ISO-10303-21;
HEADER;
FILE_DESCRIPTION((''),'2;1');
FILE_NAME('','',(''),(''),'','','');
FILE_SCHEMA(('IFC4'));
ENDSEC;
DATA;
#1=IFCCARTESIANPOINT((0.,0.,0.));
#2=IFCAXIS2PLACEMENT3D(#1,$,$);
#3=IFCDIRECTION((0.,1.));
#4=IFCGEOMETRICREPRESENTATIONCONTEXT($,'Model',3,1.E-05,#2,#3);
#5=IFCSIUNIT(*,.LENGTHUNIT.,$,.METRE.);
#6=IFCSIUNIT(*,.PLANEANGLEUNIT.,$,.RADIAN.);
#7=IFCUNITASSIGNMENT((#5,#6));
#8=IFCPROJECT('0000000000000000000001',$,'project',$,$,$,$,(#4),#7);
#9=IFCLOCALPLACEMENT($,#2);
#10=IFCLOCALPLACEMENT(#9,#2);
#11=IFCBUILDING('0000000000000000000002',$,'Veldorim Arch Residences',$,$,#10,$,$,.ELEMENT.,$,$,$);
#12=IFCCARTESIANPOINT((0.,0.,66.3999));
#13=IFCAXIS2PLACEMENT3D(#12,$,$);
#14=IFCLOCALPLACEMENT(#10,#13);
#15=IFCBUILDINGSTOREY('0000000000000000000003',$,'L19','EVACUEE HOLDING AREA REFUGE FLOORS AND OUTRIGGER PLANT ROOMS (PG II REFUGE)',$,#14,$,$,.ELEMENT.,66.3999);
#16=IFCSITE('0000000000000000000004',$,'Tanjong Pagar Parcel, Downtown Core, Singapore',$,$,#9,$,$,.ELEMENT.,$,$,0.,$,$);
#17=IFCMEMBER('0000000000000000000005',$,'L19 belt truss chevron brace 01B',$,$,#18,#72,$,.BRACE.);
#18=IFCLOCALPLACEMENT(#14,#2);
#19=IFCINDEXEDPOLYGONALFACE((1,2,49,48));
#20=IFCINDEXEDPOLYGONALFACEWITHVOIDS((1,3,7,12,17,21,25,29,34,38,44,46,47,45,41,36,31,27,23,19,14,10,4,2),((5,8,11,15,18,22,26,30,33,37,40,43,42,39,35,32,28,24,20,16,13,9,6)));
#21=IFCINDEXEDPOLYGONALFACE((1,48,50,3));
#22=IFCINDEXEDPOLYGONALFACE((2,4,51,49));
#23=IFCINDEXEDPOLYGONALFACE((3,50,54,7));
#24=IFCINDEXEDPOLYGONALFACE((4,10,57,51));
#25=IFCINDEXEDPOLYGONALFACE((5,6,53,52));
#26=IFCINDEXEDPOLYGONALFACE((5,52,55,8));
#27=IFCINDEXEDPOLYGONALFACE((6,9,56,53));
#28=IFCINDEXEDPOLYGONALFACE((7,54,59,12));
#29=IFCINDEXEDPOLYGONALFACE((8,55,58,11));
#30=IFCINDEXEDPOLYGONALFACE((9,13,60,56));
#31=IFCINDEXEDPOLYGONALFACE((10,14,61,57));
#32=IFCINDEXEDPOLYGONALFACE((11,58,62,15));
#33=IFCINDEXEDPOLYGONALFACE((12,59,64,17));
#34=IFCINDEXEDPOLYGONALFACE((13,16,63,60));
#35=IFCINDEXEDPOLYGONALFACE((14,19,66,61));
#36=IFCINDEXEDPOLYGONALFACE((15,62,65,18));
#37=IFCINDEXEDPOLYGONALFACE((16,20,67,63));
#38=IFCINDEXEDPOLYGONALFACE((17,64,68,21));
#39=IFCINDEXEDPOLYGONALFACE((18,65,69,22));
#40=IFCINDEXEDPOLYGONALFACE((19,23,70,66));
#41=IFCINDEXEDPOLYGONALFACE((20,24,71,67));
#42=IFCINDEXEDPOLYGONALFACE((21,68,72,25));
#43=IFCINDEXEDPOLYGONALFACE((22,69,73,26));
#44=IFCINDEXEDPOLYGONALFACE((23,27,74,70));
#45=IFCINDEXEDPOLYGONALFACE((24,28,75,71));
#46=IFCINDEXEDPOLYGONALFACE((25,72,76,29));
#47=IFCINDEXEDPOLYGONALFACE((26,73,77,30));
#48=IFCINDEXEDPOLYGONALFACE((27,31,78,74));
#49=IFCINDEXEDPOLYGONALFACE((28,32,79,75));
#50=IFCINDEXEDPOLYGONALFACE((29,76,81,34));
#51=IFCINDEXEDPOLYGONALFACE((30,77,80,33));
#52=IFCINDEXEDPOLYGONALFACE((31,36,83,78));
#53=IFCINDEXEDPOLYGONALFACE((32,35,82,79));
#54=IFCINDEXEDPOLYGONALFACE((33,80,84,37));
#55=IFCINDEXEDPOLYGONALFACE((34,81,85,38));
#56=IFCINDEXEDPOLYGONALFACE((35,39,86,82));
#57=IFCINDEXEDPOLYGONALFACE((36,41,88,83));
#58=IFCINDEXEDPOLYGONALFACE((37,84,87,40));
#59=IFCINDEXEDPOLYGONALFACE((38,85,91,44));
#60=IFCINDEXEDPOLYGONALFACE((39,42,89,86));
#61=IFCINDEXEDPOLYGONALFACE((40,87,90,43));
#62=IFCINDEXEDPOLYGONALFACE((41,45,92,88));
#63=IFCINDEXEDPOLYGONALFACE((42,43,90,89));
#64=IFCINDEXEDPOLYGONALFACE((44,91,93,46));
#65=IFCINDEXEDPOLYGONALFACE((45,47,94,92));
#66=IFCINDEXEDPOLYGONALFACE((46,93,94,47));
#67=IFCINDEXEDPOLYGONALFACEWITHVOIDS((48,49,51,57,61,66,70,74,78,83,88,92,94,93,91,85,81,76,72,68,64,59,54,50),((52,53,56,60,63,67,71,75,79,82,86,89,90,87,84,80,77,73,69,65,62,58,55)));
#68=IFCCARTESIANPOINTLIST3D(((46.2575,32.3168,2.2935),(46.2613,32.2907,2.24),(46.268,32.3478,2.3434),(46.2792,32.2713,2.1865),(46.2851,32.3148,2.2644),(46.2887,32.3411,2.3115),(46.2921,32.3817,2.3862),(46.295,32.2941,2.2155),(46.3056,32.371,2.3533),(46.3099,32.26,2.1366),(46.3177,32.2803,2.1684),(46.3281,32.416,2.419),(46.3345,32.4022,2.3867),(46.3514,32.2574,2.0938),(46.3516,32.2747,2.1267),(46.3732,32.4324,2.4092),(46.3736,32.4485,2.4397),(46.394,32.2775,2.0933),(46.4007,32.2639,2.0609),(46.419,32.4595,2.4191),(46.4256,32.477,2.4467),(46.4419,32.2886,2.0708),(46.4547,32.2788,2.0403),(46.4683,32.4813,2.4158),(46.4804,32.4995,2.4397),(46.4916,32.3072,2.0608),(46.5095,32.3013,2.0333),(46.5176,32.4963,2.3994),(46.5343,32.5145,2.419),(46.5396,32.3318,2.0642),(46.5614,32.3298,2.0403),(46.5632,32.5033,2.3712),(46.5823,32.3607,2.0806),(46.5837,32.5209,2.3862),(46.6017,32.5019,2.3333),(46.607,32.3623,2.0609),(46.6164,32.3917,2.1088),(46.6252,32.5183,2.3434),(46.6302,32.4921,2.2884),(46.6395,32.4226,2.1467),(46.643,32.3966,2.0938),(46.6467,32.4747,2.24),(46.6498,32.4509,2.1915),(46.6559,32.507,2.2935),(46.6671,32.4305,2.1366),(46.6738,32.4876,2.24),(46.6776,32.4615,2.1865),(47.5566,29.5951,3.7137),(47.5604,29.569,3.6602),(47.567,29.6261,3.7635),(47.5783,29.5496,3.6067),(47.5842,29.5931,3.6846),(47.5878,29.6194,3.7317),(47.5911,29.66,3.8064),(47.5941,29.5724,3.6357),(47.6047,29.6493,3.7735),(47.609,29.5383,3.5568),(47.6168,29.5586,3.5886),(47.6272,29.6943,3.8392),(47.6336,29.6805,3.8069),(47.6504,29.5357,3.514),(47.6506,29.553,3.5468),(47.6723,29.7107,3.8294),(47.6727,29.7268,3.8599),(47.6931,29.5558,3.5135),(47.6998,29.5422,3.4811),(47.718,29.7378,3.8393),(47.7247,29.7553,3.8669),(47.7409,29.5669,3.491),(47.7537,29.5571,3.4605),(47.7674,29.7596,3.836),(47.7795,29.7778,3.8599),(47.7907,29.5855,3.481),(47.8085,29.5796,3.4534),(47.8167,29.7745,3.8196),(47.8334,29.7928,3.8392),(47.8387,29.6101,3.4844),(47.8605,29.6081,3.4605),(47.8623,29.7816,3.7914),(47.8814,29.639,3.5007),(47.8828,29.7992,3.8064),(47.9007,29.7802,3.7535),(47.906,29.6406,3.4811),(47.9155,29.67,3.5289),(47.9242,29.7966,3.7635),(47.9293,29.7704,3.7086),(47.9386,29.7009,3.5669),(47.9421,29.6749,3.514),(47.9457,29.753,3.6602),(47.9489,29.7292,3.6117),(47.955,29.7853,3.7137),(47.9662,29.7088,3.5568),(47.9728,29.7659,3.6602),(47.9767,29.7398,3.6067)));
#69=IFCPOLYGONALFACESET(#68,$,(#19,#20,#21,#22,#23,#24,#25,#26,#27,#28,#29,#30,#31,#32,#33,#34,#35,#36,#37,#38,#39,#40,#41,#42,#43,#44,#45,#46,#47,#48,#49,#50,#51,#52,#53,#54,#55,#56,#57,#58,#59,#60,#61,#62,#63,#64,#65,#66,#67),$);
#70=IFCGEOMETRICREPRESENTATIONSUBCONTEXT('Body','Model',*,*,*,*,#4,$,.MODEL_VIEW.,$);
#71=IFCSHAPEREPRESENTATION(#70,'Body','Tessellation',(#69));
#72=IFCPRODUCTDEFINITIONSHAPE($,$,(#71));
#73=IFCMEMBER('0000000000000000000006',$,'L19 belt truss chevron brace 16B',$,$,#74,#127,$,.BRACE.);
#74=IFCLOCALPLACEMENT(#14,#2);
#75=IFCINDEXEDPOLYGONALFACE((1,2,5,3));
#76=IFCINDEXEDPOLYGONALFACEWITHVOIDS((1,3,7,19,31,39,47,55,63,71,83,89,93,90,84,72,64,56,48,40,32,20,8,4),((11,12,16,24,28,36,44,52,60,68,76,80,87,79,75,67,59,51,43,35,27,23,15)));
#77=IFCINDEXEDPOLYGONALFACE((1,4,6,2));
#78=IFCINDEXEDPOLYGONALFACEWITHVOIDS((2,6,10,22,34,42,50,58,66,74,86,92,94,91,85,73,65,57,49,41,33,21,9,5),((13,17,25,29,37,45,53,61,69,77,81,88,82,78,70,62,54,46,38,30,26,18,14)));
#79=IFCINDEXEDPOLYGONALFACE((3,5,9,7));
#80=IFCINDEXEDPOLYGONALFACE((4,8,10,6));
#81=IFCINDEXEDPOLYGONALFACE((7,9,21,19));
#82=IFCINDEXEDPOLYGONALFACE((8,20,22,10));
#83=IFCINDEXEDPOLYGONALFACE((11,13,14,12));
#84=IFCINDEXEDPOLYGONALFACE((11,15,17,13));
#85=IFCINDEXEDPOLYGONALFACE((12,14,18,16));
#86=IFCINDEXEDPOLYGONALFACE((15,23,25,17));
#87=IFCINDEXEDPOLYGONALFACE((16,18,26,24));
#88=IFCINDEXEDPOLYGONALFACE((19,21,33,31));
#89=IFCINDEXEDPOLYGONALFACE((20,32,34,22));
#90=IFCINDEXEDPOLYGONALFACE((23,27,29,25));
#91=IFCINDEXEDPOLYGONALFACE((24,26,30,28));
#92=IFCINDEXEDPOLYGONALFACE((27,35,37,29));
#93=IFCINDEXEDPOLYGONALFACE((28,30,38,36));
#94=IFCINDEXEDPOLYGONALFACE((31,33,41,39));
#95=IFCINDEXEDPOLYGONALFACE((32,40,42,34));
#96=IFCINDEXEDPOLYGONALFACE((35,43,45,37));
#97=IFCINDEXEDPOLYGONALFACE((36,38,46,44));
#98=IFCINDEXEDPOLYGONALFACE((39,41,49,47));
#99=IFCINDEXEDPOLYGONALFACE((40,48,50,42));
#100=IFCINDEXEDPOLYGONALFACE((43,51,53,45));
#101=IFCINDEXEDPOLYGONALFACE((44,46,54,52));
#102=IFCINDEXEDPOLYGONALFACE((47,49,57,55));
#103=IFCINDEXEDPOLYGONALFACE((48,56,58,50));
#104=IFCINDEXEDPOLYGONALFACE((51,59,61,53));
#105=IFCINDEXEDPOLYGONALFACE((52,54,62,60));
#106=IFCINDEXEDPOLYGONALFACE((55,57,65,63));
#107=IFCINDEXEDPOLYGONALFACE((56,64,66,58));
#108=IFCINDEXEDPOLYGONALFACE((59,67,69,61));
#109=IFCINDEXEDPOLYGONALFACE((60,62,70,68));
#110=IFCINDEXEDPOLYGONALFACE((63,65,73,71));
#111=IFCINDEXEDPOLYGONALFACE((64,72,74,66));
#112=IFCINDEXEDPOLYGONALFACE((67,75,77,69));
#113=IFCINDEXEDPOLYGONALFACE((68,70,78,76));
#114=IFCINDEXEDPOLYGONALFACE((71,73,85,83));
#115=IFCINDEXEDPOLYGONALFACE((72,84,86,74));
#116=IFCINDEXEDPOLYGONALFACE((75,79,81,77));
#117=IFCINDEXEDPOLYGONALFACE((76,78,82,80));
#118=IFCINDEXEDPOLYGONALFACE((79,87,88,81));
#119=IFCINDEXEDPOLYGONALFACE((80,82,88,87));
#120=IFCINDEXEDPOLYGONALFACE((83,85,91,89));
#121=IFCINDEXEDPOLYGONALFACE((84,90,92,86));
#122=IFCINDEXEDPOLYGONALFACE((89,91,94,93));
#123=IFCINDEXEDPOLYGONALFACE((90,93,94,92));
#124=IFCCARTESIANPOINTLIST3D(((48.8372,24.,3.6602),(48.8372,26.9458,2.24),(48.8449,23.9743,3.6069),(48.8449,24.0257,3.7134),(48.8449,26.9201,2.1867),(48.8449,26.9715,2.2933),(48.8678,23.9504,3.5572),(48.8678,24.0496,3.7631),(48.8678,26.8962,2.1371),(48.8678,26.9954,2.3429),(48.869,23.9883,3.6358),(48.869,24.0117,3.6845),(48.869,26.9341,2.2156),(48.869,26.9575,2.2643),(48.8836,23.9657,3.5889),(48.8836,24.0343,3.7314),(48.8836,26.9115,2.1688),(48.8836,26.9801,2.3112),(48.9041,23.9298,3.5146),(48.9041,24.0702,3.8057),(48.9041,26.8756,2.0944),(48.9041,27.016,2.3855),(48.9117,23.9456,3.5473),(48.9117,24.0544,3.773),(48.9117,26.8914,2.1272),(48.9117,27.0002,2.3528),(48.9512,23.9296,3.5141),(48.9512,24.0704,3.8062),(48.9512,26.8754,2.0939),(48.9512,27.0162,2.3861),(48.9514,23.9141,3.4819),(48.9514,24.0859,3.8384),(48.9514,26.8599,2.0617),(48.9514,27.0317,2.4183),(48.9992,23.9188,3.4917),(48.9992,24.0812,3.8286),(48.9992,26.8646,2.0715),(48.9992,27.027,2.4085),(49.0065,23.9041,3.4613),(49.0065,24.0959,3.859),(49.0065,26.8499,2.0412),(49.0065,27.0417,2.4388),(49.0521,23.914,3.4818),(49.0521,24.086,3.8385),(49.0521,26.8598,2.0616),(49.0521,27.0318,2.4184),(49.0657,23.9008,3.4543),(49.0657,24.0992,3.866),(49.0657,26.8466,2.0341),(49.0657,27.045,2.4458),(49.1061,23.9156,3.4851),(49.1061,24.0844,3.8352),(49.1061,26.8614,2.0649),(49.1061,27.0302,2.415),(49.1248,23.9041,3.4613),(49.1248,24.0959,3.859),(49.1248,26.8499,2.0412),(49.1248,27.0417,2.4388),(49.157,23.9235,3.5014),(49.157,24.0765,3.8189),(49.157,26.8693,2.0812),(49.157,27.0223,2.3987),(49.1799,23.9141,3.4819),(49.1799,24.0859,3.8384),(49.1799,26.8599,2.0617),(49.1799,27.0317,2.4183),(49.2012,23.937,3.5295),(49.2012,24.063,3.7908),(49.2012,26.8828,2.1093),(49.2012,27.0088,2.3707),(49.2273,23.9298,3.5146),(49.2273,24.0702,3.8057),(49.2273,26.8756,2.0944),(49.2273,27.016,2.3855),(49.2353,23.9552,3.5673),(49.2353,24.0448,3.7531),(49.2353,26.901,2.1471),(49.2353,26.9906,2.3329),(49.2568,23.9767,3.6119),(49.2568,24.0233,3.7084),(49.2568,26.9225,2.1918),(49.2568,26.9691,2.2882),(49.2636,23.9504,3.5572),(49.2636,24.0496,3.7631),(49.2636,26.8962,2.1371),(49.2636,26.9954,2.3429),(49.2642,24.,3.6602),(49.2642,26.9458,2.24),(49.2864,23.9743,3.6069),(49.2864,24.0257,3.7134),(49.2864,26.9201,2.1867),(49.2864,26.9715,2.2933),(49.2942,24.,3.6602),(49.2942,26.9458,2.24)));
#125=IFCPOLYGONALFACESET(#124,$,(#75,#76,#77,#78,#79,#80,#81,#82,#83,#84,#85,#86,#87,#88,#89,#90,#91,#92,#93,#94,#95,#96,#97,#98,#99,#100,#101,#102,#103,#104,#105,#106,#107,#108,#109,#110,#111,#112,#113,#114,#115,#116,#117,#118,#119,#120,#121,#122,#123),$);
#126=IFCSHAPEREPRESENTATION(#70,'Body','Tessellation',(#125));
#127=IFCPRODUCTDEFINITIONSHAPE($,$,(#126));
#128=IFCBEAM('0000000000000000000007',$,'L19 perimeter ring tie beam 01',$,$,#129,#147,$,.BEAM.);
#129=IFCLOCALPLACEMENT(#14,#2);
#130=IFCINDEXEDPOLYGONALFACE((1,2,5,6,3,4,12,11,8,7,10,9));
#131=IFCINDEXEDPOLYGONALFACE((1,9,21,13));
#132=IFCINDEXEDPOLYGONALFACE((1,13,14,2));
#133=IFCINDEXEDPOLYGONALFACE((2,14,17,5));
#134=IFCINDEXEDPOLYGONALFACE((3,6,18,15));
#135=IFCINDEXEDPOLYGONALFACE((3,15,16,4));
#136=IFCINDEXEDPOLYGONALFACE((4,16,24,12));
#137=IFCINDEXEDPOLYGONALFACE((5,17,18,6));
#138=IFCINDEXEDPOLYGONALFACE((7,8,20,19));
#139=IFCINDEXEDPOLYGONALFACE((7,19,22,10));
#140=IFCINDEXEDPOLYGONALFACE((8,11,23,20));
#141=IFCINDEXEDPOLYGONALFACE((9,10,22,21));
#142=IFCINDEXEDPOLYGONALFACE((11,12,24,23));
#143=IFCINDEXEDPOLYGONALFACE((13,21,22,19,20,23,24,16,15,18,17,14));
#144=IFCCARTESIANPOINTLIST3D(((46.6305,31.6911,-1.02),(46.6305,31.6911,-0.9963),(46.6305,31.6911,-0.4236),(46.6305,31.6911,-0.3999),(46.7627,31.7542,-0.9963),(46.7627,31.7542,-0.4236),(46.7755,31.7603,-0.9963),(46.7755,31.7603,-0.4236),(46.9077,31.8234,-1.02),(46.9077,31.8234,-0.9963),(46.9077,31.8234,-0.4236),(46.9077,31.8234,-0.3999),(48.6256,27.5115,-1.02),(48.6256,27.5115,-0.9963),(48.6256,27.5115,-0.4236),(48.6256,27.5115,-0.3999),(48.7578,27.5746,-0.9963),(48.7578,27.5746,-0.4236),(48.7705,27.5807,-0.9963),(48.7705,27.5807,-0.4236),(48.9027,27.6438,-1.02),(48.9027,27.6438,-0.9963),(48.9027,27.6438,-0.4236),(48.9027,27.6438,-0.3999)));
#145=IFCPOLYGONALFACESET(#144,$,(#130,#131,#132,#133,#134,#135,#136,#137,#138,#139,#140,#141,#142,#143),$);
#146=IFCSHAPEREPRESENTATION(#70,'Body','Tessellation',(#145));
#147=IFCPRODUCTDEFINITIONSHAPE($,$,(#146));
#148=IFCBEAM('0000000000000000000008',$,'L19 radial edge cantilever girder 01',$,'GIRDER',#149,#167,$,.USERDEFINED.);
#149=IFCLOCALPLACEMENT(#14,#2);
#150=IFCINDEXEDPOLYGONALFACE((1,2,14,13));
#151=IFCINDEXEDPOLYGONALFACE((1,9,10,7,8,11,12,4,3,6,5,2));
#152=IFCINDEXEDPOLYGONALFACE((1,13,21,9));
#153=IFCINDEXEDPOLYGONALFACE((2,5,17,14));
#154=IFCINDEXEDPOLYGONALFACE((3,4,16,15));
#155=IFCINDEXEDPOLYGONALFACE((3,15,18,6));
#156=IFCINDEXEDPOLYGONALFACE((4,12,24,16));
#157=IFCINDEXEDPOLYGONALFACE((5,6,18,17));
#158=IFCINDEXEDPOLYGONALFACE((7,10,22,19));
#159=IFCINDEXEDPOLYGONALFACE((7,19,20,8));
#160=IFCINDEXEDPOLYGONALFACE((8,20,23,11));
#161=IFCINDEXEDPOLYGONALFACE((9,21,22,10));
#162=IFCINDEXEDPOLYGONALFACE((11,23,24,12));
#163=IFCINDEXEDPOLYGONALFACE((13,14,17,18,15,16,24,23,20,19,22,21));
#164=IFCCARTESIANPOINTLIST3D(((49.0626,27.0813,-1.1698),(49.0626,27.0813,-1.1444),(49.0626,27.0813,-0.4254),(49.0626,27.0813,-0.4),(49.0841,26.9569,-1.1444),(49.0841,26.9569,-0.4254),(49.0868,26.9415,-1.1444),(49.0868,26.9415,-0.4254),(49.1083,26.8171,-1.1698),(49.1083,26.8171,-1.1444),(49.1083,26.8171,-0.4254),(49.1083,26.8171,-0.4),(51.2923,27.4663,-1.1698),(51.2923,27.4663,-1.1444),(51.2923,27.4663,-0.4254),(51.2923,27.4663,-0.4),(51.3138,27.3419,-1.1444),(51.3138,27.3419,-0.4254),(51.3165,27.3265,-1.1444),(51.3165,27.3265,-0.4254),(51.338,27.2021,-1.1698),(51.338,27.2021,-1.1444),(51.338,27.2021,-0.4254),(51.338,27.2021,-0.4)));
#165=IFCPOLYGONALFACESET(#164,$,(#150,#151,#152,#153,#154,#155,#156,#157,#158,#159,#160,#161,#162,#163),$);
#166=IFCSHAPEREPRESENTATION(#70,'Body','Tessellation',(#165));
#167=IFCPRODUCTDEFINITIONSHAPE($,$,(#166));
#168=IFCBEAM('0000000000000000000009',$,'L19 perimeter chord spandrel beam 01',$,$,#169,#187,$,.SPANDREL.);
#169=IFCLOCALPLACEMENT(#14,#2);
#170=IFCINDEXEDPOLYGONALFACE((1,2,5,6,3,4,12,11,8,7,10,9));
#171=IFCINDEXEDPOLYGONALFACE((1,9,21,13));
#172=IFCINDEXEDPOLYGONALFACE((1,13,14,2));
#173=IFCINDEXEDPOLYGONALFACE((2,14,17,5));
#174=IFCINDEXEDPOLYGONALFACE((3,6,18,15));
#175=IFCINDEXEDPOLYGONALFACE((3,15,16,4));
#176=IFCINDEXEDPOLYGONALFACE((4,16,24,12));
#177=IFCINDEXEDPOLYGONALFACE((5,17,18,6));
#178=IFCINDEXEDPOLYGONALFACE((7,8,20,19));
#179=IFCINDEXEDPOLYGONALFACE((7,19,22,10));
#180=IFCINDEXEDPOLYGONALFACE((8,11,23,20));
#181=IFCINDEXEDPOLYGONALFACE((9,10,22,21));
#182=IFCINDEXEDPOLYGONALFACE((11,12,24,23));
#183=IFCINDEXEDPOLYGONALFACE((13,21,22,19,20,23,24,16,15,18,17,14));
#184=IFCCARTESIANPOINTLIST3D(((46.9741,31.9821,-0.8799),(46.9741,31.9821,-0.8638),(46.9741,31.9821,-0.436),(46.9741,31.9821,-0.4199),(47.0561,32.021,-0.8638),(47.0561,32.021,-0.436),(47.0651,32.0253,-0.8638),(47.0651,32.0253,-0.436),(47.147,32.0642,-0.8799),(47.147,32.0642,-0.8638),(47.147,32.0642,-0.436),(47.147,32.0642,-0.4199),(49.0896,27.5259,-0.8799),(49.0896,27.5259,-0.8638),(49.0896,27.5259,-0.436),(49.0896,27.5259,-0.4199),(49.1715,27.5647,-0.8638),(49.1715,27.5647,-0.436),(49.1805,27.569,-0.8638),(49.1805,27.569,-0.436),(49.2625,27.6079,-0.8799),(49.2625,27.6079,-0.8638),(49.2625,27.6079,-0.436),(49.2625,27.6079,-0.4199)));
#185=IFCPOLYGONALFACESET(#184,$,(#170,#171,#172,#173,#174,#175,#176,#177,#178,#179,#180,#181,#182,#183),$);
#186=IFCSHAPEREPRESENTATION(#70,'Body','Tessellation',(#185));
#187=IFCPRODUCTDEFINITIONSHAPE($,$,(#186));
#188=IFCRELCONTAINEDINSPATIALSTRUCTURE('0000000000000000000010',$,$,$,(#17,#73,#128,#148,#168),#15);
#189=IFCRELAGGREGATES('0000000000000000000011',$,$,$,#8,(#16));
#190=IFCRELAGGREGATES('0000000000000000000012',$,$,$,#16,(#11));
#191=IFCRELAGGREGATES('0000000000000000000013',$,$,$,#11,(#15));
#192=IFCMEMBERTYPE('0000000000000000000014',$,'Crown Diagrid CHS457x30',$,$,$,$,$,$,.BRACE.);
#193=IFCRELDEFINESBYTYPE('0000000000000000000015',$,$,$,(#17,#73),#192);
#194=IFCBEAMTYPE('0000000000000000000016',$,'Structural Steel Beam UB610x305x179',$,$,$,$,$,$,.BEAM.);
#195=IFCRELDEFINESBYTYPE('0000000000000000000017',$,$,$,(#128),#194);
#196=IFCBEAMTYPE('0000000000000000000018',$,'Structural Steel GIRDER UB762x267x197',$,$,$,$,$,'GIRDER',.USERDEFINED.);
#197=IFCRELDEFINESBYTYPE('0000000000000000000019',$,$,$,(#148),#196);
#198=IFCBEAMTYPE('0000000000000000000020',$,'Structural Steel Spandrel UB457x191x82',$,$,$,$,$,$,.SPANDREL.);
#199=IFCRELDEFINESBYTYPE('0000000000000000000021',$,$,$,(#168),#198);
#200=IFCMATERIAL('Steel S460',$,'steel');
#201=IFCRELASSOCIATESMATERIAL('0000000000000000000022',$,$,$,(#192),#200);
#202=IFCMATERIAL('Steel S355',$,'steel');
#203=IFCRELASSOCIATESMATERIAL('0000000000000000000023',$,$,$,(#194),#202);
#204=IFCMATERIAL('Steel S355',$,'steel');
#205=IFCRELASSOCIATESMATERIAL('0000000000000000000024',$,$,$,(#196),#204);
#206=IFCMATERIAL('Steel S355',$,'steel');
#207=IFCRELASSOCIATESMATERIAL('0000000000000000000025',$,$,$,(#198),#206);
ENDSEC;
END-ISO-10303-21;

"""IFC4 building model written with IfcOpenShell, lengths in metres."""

from ifc_helpers import new_model, si_unit, direction, frame, origin, origin_2d, place, context, subcontext, project, spatial, hollow_circle, i_section, extrude, material, material_profile, profile_set, type_object, element, save


model = new_model("IFC4")

# Units and contexts
model_context = context("Model", 3, precision=1e-05, world=origin(), true_north=direction((0.0, 1.0)))
body_context = subcontext(model_context, "Body", "Model", "MODEL_VIEW")
ifc_project = project(units=[si_unit("LENGTHUNIT", "METRE"), si_unit("PLANEANGLEUNIT", "RADIAN")], contexts=[model_context])

# Site, building, storey
site_placement = place(None, origin())
site = spatial("IfcSite", under=ifc_project, at=site_placement, Name="Tanjong Pagar Parcel, Downtown Core, Singapore", CompositionType="ELEMENT", RefElevation=0.0)
building_placement = place(site_placement, origin())
building = spatial("IfcBuilding", under=site, at=building_placement, Name="Veldorim Arch Residences", CompositionType="ELEMENT")
storey_placement = place(building_placement, frame((0.0, 0.0, 66.3999)))
storey = spatial("IfcBuildingStorey", under=building, at=storey_placement, Name="L19", Description="EVACUEE HOLDING AREA REFUGE FLOORS AND OUTRIGGER PLANT ROOMS (PG II REFUGE)", CompositionType="ELEMENT", Elevation=66.3999)

# Members
ifc_material_1 = material(Name="Steel S460", Category="steel")
ifc_material_profile_1 = material_profile(ifc_material_1, hollow_circle(Radius=0.2285, WallThickness=0.03, at=origin_2d()), Name="CHS457x30")
ifc_profile_set_1 = profile_set([ifc_material_profile_1], Name="Steel S460")
member_type_1 = type_object("IfcMemberType", Name="Crown Diagrid CHS457x30", PredefinedType="BRACE", material=ifc_profile_set_1)
for number, where, z_axis, x_axis, name in (
    (1, (46.4675, 32.3892, 2.24), (0.389706, -0.816471, 0.426033), (0.90247, 0.430754, 0.0), "L19 belt truss chevron brace 01B"),
):
    element("IfcMember", number, at=place(storey_placement, frame(where, z_axis=z_axis, x_axis=x_axis)), inside=storey, type_object=member_type_1, Name=name, PredefinedType="BRACE", context=body_context, shape_type="SweptSolid", body=[
        extrude(hollow_circle(Radius=0.2285, WallThickness=0.03, at=origin_2d()), origin(), (0.0, 0.0, 1.0), 3.3335),
    ])
member_1_placement = place(storey_placement, frame((49.0657, 26.9458, 2.24), z_axis=(0.0, -0.900784, 0.434267), x_axis=(1.0, 0.0, 0.0)))
element("IfcMember", 2, at=member_1_placement, inside=storey, type_object=member_type_1, Name="L19 belt truss chevron brace 16B", PredefinedType="BRACE", context=body_context, shape_type="SweptSolid", body=[
    extrude(hollow_circle(Radius=0.2285, WallThickness=0.03, at=origin_2d()), origin(), (0.0, 0.0, 1.0), 3.2703),
])

# Beams
ifc_material_2 = material(Name="Steel S355", Category="steel")
ifc_material_profile_2 = material_profile(ifc_material_2, i_section(OverallWidth=0.3071, OverallDepth=0.6201, WebThickness=0.0142, FlangeThickness=0.0237, at=origin_2d()), Name="UB610x305x179")
ifc_profile_set_2 = profile_set([ifc_material_profile_2], Name="Steel S355")
beam_type_1 = type_object("IfcBeamType", Name="Structural Steel Beam UB610x305x179", PredefinedType="BEAM", material=ifc_profile_set_2)
beam_1_placement = place(storey_placement, frame((48.7642, 27.5776, -0.71), z_axis=(-0.430776, 0.902459, 0.0), x_axis=(-0.902459, -0.430776, 0.0)))
element("IfcBeam", 3, at=beam_1_placement, inside=storey, type_object=beam_type_1, Name="L19 perimeter ring tie beam 01", PredefinedType="BEAM", context=body_context, shape_type="SweptSolid", body=[
    extrude(i_section(OverallWidth=0.3071, OverallDepth=0.6201, WebThickness=0.0142, FlangeThickness=0.0237, at=origin_2d()), origin(), (0.0, 0.0, 1.0), 4.6313),
])
ifc_material_3 = material(Name="Steel S355", Category="steel")
ifc_material_profile_3 = material_profile(ifc_material_3, i_section(OverallWidth=0.2681, OverallDepth=0.7698, WebThickness=0.0156, FlangeThickness=0.0254, at=origin_2d()), Name="UB762x267x197")
ifc_profile_set_3 = profile_set([ifc_material_profile_3], Name="Steel S355")
beam_type_2 = type_object("IfcBeamType", Name="Structural Steel GIRDER UB762x267x197", ElementType="GIRDER", PredefinedType="USERDEFINED", material=ifc_profile_set_3)
beam_2_placement = place(storey_placement, frame((49.0854, 26.9492, -0.7849), z_axis=(0.985418, 0.170153, 0.0), x_axis=(-0.170153, 0.985418, 0.0)))
element("IfcBeam", 4, at=beam_2_placement, inside=storey, type_object=beam_type_2, Name="L19 radial edge cantilever girder 01", ObjectType="GIRDER", PredefinedType="USERDEFINED", context=body_context, shape_type="SweptSolid", body=[
    extrude(i_section(OverallWidth=0.2681, OverallDepth=0.7698, WebThickness=0.0156, FlangeThickness=0.0254, at=origin_2d()), origin(), (0.0, 0.0, 1.0), 2.2627),
])
ifc_material_4 = material(Name="Steel S355", Category="steel")
ifc_material_profile_4 = material_profile(ifc_material_4, i_section(OverallWidth=0.1914, OverallDepth=0.46, WebThickness=0.01, FlangeThickness=0.0161, at=origin_2d()), Name="UB457x191x82")
ifc_profile_set_4 = profile_set([ifc_material_profile_4], Name="Steel S355")
beam_type_3 = type_object("IfcBeamType", Name="Structural Steel Spandrel UB457x191x82", PredefinedType="SPANDREL", material=ifc_profile_set_4)
beam_3_placement = place(storey_placement, frame((49.176, 27.5669, -0.6499), z_axis=(-0.428848, 0.903377, 0.0), x_axis=(-0.903377, -0.428848, 0.0)))
element("IfcBeam", 5, at=beam_3_placement, inside=storey, type_object=beam_type_3, Name="L19 perimeter chord spandrel beam 01", PredefinedType="SPANDREL", context=body_context, shape_type="SweptSolid", body=[
    extrude(i_section(OverallWidth=0.1914, OverallDepth=0.46, WebThickness=0.01, FlangeThickness=0.0161, at=origin_2d()), origin(), (0.0, 0.0, 1.0), 4.9329),
])

save(model, "model.ifc")
